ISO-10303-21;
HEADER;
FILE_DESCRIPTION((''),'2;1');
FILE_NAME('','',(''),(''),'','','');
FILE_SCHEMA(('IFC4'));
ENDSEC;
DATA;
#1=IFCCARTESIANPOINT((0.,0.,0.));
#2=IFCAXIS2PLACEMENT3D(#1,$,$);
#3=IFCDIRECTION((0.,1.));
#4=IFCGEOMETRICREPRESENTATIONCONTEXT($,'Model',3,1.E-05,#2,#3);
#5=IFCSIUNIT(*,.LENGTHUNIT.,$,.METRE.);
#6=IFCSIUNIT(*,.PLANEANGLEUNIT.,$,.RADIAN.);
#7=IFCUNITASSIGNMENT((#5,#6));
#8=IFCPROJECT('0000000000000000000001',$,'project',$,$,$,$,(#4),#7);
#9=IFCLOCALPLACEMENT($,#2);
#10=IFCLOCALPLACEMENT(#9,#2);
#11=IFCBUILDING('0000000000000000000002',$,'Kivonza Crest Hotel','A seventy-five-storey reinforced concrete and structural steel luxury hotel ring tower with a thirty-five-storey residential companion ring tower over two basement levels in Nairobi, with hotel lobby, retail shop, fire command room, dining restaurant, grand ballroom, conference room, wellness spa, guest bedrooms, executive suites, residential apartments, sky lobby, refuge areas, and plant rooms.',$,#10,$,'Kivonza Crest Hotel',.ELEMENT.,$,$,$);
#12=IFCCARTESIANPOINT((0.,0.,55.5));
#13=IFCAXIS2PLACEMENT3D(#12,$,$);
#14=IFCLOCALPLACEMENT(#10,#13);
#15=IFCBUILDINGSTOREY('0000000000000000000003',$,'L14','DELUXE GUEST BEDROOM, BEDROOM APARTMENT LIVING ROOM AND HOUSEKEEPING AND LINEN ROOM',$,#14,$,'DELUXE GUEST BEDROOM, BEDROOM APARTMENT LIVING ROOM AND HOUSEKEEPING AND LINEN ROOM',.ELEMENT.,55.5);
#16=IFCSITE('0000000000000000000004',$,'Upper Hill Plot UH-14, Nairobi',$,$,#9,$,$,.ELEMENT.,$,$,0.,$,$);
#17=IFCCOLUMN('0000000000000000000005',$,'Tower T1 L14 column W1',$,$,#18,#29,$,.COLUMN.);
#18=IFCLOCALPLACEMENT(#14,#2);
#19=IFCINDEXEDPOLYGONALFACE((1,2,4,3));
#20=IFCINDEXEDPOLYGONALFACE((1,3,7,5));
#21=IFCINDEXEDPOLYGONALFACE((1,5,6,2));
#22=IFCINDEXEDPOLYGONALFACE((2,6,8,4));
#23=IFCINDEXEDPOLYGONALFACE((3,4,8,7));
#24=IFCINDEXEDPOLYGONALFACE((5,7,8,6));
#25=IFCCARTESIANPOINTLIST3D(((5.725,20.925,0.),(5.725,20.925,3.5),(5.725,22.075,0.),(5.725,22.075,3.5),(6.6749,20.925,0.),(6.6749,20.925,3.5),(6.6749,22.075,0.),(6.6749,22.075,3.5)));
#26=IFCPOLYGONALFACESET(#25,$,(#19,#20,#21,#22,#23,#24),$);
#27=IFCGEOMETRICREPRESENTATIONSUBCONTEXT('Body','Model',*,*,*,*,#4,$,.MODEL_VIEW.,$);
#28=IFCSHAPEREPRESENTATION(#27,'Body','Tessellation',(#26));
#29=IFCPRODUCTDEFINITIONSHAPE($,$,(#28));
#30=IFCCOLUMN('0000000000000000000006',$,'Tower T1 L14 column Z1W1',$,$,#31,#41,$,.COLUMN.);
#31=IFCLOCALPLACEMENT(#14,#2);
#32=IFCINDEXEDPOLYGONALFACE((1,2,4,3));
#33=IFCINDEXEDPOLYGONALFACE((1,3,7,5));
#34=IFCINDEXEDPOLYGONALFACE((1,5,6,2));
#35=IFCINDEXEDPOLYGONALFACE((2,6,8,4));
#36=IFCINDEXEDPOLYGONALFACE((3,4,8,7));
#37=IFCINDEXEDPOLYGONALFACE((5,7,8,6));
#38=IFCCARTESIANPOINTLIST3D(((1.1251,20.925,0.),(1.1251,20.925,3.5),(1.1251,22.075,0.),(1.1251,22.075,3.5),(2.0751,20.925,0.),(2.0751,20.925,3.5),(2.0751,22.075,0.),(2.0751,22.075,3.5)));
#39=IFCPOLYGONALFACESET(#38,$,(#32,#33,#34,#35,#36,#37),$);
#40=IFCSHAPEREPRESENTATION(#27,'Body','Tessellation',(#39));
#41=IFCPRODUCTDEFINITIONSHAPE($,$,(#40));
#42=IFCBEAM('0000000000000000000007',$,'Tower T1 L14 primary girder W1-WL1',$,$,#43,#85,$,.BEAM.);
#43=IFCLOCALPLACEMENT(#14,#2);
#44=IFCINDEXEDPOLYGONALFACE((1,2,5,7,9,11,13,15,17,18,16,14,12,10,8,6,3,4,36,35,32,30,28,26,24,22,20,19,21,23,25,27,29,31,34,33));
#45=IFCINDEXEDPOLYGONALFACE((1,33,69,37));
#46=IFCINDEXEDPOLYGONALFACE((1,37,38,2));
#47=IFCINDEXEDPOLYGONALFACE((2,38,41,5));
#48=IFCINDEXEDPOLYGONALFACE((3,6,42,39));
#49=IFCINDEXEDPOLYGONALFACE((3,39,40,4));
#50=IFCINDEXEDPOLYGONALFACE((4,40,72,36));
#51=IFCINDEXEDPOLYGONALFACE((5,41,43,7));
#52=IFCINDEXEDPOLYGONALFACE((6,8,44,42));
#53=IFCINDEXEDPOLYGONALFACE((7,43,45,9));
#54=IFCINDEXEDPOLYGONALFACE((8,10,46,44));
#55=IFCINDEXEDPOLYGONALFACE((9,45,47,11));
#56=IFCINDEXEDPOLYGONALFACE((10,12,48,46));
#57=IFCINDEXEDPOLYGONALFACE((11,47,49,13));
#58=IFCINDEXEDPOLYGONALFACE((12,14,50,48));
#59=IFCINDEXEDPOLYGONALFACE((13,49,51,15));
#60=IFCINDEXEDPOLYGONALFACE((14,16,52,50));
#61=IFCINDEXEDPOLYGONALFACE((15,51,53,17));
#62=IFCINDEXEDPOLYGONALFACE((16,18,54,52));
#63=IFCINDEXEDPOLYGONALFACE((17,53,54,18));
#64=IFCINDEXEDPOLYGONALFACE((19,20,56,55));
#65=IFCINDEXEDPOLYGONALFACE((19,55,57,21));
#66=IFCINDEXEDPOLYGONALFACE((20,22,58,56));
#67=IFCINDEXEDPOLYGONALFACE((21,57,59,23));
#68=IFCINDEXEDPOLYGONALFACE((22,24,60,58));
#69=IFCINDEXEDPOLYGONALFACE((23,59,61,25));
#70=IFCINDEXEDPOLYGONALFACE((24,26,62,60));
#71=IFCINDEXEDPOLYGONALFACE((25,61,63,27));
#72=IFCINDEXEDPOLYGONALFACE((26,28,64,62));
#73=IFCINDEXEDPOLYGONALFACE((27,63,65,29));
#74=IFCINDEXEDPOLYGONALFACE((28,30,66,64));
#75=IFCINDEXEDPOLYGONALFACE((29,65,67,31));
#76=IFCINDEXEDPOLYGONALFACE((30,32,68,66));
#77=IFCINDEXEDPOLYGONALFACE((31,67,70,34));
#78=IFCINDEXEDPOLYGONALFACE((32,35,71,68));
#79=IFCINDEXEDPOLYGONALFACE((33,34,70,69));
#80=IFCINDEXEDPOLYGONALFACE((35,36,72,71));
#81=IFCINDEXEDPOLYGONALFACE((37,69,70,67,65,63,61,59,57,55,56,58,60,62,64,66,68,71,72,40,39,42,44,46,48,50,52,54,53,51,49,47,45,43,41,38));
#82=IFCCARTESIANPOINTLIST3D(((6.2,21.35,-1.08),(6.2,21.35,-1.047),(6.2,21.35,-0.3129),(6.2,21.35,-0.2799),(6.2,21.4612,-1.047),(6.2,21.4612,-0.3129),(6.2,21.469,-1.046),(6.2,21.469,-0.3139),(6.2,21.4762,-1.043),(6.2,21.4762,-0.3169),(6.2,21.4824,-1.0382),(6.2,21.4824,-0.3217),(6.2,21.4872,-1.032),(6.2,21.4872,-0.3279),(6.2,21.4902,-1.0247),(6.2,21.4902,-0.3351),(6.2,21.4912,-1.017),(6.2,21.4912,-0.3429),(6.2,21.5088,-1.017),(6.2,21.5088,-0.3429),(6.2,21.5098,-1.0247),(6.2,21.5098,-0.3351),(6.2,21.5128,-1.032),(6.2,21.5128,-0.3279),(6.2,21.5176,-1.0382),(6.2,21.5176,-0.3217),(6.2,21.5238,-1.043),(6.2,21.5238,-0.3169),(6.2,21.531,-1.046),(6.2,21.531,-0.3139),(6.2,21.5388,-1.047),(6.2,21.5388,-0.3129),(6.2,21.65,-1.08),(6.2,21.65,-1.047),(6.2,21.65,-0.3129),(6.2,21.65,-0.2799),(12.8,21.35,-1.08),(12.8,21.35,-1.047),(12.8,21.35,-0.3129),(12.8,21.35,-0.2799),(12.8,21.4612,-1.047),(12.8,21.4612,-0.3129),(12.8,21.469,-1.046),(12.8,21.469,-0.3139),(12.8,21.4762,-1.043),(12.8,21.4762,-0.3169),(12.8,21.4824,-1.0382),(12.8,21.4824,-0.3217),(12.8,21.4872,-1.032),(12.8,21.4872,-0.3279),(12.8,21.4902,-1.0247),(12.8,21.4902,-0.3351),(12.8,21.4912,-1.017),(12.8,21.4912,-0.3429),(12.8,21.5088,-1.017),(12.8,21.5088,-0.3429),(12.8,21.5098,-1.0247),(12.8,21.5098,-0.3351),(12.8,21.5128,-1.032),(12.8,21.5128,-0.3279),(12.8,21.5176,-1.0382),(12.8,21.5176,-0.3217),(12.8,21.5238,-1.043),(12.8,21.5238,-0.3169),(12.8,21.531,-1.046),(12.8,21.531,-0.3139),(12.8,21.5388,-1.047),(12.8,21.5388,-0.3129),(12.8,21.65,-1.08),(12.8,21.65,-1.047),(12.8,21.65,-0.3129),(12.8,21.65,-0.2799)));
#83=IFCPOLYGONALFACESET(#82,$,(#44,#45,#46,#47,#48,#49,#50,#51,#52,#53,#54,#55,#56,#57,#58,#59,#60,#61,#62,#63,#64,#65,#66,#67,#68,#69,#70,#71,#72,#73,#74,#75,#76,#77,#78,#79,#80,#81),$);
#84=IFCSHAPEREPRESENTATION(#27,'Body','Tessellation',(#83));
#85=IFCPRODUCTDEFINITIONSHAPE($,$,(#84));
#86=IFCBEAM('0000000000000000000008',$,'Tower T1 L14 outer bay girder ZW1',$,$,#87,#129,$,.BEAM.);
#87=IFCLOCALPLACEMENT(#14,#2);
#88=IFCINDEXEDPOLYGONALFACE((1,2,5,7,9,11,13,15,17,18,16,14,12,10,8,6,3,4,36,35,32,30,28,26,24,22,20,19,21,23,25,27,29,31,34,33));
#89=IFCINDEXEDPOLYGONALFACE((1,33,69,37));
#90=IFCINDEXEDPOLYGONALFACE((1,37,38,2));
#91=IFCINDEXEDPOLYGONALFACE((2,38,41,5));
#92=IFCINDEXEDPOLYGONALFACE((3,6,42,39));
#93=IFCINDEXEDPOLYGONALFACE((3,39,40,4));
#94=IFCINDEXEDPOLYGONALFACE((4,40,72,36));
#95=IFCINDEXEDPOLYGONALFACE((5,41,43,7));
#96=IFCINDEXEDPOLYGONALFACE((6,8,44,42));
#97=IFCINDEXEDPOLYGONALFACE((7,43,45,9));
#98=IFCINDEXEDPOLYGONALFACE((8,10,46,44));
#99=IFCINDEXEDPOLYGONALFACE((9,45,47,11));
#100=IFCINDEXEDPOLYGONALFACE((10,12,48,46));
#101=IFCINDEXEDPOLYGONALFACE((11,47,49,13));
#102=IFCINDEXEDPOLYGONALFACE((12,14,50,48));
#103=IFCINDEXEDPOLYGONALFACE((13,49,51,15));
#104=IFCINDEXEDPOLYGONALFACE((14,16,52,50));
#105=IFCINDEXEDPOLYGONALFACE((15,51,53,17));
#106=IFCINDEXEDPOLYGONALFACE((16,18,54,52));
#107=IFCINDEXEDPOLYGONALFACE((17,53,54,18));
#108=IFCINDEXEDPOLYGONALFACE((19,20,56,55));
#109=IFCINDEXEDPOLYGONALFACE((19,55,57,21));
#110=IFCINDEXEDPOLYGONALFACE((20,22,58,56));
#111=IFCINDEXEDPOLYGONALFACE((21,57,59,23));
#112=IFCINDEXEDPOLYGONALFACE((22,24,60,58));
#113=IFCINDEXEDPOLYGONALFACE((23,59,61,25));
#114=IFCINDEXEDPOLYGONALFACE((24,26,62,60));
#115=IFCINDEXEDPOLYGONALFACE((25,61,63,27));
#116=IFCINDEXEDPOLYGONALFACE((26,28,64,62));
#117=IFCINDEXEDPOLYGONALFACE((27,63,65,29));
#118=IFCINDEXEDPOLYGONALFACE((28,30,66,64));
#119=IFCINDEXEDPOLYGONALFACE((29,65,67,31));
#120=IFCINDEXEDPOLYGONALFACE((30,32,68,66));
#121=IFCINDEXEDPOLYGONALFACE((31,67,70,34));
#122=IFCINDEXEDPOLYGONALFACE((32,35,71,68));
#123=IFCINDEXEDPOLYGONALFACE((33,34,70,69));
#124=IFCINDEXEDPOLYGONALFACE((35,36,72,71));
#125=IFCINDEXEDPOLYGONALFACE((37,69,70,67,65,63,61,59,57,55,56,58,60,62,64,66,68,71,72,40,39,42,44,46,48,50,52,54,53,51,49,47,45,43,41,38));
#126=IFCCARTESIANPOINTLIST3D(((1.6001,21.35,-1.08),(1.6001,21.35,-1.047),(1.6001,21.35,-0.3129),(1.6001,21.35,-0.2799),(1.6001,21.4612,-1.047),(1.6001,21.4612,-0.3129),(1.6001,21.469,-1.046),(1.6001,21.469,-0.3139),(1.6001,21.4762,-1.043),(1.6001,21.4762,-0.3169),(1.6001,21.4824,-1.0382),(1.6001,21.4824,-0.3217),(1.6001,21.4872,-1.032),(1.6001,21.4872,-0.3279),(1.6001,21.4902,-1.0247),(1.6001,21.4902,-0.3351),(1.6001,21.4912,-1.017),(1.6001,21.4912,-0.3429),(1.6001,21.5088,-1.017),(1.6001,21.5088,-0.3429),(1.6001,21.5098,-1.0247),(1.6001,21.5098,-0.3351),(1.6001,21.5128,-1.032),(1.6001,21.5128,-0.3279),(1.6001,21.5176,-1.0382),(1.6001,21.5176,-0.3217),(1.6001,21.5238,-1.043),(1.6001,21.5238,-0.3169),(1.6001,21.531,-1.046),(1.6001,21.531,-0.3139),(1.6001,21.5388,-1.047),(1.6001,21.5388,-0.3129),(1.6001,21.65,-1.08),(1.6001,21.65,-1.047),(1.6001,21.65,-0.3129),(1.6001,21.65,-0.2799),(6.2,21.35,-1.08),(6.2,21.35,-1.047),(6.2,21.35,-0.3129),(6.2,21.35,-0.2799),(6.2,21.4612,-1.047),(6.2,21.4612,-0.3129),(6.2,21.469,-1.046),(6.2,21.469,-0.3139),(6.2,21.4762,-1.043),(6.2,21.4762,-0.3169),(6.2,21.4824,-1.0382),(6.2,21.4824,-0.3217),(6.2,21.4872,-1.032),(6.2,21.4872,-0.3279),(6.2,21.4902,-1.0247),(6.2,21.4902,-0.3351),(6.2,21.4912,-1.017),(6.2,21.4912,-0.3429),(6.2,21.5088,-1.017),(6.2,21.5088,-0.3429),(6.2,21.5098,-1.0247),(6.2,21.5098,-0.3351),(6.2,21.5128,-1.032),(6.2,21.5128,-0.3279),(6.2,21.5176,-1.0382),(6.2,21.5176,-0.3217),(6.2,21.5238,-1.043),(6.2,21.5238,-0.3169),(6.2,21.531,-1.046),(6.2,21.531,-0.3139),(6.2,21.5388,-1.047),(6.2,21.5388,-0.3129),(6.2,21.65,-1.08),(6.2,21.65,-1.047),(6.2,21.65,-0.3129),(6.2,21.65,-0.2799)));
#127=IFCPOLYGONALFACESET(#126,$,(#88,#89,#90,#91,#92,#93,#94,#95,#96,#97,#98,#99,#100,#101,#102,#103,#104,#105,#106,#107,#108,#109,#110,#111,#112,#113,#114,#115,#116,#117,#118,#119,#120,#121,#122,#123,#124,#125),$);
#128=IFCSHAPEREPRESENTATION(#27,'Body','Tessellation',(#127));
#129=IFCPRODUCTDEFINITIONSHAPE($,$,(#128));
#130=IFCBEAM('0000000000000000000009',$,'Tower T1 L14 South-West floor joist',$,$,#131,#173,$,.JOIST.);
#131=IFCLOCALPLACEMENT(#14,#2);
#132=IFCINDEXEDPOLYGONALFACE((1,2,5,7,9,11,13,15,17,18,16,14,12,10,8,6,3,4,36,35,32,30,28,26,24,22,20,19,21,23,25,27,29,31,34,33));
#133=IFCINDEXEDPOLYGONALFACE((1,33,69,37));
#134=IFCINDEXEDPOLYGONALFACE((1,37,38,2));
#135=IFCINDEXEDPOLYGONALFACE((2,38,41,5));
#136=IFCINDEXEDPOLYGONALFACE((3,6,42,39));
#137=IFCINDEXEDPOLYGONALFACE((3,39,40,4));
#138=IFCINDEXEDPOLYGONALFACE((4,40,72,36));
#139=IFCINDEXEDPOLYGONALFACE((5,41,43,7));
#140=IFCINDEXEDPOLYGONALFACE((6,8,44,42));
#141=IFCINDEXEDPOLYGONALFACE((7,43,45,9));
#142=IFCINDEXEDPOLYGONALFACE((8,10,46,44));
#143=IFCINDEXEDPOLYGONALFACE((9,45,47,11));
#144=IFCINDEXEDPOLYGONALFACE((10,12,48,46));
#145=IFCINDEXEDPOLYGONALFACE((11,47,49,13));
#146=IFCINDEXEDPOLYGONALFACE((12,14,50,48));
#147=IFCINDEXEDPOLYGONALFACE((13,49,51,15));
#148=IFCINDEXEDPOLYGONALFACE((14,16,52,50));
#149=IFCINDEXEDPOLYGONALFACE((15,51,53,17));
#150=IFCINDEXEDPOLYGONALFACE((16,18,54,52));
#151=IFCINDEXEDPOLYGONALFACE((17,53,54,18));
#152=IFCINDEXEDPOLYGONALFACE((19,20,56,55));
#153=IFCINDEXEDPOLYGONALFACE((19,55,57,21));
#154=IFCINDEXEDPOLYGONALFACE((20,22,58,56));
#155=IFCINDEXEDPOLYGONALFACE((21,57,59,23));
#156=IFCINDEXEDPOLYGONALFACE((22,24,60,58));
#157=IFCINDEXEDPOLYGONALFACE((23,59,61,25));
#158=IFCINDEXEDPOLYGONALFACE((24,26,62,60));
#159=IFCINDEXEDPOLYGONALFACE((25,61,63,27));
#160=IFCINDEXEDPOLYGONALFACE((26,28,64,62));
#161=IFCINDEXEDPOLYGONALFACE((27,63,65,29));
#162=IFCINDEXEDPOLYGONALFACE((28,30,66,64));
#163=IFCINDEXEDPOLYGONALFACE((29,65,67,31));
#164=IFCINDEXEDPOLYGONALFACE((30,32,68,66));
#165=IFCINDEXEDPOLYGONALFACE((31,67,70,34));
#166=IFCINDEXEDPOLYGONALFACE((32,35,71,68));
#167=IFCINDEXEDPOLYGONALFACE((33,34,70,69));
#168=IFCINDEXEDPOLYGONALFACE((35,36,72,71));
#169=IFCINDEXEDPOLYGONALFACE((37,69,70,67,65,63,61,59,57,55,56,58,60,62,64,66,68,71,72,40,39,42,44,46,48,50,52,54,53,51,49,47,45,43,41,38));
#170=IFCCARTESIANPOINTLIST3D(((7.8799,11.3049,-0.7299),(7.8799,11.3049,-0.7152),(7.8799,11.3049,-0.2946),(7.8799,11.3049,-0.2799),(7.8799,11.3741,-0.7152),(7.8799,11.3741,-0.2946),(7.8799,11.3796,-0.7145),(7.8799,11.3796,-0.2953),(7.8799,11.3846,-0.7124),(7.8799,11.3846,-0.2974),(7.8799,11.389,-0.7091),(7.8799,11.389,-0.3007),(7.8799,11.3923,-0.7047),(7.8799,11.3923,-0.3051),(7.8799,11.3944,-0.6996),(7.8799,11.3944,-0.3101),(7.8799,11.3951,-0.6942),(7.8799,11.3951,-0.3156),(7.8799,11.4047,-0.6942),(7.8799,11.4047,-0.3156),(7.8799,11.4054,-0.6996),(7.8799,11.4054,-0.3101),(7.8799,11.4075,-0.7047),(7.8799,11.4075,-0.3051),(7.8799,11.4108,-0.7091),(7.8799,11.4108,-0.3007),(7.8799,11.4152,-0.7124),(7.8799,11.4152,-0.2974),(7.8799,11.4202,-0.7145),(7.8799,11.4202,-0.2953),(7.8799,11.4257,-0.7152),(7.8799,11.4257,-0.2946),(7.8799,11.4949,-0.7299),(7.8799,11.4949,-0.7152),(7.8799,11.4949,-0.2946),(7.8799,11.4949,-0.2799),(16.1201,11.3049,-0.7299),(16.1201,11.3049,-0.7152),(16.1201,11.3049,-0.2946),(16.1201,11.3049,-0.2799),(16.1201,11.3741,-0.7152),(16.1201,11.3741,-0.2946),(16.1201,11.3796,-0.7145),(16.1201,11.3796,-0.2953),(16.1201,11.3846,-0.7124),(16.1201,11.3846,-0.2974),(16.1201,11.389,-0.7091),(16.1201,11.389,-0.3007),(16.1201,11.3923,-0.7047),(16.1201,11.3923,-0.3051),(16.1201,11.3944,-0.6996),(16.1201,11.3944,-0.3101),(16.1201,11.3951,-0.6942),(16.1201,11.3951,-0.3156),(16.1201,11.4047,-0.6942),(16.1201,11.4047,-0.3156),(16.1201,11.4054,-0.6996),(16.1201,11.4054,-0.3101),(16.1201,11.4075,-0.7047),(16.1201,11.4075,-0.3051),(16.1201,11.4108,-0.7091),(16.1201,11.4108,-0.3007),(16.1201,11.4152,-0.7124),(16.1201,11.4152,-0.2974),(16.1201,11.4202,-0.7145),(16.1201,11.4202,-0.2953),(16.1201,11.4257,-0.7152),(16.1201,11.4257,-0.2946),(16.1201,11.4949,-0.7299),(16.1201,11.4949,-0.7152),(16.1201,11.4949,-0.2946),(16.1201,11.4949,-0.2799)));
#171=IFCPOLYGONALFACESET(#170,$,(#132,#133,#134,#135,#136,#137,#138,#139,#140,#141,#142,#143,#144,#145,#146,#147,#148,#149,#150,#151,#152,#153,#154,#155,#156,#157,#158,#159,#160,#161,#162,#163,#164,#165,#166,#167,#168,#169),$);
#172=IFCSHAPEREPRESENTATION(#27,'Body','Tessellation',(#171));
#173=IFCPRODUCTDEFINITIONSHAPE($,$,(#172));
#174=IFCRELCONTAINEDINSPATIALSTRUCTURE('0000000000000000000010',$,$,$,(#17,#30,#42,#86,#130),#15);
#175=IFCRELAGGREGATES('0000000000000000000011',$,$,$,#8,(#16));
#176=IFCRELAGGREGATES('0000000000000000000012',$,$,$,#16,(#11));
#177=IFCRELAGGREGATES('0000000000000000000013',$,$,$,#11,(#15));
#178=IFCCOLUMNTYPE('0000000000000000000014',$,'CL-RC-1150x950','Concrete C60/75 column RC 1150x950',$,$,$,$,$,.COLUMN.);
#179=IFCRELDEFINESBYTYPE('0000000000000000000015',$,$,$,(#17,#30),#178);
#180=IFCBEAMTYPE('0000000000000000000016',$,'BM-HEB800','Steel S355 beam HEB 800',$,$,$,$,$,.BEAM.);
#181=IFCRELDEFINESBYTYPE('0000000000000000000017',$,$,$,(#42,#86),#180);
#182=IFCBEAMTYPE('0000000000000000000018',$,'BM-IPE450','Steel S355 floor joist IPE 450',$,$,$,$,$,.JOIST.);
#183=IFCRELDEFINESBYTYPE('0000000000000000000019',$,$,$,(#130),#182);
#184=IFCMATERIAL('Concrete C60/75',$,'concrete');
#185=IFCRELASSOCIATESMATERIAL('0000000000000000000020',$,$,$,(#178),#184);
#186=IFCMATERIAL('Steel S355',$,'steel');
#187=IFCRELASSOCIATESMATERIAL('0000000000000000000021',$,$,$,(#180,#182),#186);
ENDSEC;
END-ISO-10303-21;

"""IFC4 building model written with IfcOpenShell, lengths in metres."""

from ifc_helpers import new_model, si_unit, direction, frame, origin, origin_2d, place, context, subcontext, project, spatial, rectangle, i_section, extrude, material, material_profile, profile_set, type_object, element, save


model = new_model("IFC4")

# Units and contexts
model_context = context("Model", 3, precision=1e-05, world=origin(), true_north=direction((0.0, 1.0)))
body_context = subcontext(model_context, "Body", "Model", "MODEL_VIEW")
ifc_project = project(units=[si_unit("LENGTHUNIT", "METRE"), si_unit("PLANEANGLEUNIT", "RADIAN")], contexts=[model_context])

# Site, building, storey
site_placement = place(None, origin())
site = spatial("IfcSite", under=ifc_project, at=site_placement, Name="Upper Hill Plot UH-14, Nairobi", CompositionType="ELEMENT", RefElevation=0.0)
building_placement = place(site_placement, origin())
building = spatial("IfcBuilding", under=site, at=building_placement, Name="Kivonza Crest Hotel", Description="A seventy-five-storey reinforced concrete and structural steel luxury hotel ring tower with a thirty-five-storey residential companion ring tower over two basement levels in Nairobi, with hotel lobby, retail shop, fire command room, dining restaurant, grand ballroom, conference room, wellness spa, guest bedrooms, executive suites, residential apartments, sky lobby, refuge areas, and plant rooms.", LongName="Kivonza Crest Hotel", CompositionType="ELEMENT")
storey_placement = place(building_placement, frame((0.0, 0.0, 55.5)))
storey = spatial("IfcBuildingStorey", under=building, at=storey_placement, Name="L14", Description="DELUXE GUEST BEDROOM, BEDROOM APARTMENT LIVING ROOM AND HOUSEKEEPING AND LINEN ROOM", LongName="DELUXE GUEST BEDROOM, BEDROOM APARTMENT LIVING ROOM AND HOUSEKEEPING AND LINEN ROOM", CompositionType="ELEMENT", Elevation=55.5)

# Columns
ifc_material_1 = material(Name="Concrete C60/75", Category="concrete")
ifc_material_profile_1 = material_profile(ifc_material_1, rectangle(XDim=0.95, YDim=1.1499, at=origin_2d()), Name="RC 1150x950")
ifc_profile_set_1 = profile_set([ifc_material_profile_1], Name="Concrete C60/75")
column_type = type_object("IfcColumnType", Name="CL-RC-1150x950", Description="Concrete C60/75 column RC 1150x950", PredefinedType="COLUMN", material=ifc_profile_set_1)
for number, where, z_axis, x_axis, name in (
    (1, (6.2, 21.5, 0.0), (0.0, 0.0, 1.0), (1.0, 0.0, 0.0), "Tower T1 L14 column W1"),
    (2, (1.6001, 21.5, 0.0), (0.0, 0.0, 1.0), (1.0, 0.0, 0.0), "Tower T1 L14 column Z1W1"),
):
    element("IfcColumn", number, at=place(storey_placement, frame(where, z_axis=z_axis, x_axis=x_axis)), inside=storey, type_object=column_type, Name=name, PredefinedType="COLUMN", context=body_context, shape_type="SweptSolid", body=[
        extrude(rectangle(XDim=0.95, YDim=1.1499, at=origin_2d()), origin(), (0.0, 0.0, 1.0), 3.5),
    ])

# Beams
ifc_material_2 = material(Name="Steel S355", Category="steel")
ifc_material_profile_2 = material_profile(ifc_material_2, i_section(OverallWidth=0.3, OverallDepth=0.8, WebThickness=0.0176, FlangeThickness=0.033, FilletRadius=0.03, at=origin_2d()), Name="HEB 800")
ifc_profile_set_2 = profile_set([ifc_material_profile_2], Name="Steel S355")
beam_type_1 = type_object("IfcBeamType", Name="BM-HEB800", Description="Steel S355 beam HEB 800", PredefinedType="BEAM", material=ifc_profile_set_2)
beam_1_placement = place(storey_placement, frame((6.2, 21.5, -0.6799), z_axis=(1.0, 0.0, 0.0), x_axis=(0.0, 1.0, 0.0)))
element("IfcBeam", 3, at=beam_1_placement, inside=storey, type_object=beam_type_1, Name="Tower T1 L14 primary girder W1-WL1", PredefinedType="BEAM", context=body_context, shape_type="SweptSolid", body=[
    extrude(i_section(OverallWidth=0.3, OverallDepth=0.8, WebThickness=0.0176, FlangeThickness=0.033, FilletRadius=0.03, at=origin_2d()), origin(), (0.0, 0.0, 1.0), 6.6001),
])
beam_2_placement = place(storey_placement, frame((1.6001, 21.5, -0.6799), z_axis=(1.0, 0.0, 0.0), x_axis=(0.0, 1.0, 0.0)))
element("IfcBeam", 4, at=beam_2_placement, inside=storey, type_object=beam_type_1, Name="Tower T1 L14 outer bay girder ZW1", PredefinedType="BEAM", context=body_context, shape_type="SweptSolid", body=[
    extrude(i_section(OverallWidth=0.3, OverallDepth=0.8, WebThickness=0.0176, FlangeThickness=0.033, FilletRadius=0.03, at=origin_2d()), origin(), (0.0, 0.0, 1.0), 4.5999),
])
ifc_material_profile_3 = material_profile(ifc_material_2, i_section(OverallWidth=0.1899, OverallDepth=0.45, WebThickness=0.0095, FlangeThickness=0.0146, FilletRadius=0.021, at=origin_2d()), Name="IPE 450")
ifc_profile_set_3 = profile_set([ifc_material_profile_3], Name="Steel S355")
beam_type_2 = type_object("IfcBeamType", Name="BM-IPE450", Description="Steel S355 floor joist IPE 450", PredefinedType="JOIST", material=ifc_profile_set_3)
beam_3_placement = place(storey_placement, frame((7.8799, 11.3999, -0.5049), z_axis=(1.0, 0.0, 0.0), x_axis=(0.0, 1.0, 0.0)))
element("IfcBeam", 5, at=beam_3_placement, inside=storey, type_object=beam_type_2, Name="Tower T1 L14 South-West floor joist", PredefinedType="JOIST", context=body_context, shape_type="SweptSolid", body=[
    extrude(i_section(OverallWidth=0.1899, OverallDepth=0.45, WebThickness=0.0095, FlangeThickness=0.0146, FilletRadius=0.021, at=origin_2d()), origin(), (0.0, 0.0, 1.0), 8.2402),
])

save(model, "model.ifc")
